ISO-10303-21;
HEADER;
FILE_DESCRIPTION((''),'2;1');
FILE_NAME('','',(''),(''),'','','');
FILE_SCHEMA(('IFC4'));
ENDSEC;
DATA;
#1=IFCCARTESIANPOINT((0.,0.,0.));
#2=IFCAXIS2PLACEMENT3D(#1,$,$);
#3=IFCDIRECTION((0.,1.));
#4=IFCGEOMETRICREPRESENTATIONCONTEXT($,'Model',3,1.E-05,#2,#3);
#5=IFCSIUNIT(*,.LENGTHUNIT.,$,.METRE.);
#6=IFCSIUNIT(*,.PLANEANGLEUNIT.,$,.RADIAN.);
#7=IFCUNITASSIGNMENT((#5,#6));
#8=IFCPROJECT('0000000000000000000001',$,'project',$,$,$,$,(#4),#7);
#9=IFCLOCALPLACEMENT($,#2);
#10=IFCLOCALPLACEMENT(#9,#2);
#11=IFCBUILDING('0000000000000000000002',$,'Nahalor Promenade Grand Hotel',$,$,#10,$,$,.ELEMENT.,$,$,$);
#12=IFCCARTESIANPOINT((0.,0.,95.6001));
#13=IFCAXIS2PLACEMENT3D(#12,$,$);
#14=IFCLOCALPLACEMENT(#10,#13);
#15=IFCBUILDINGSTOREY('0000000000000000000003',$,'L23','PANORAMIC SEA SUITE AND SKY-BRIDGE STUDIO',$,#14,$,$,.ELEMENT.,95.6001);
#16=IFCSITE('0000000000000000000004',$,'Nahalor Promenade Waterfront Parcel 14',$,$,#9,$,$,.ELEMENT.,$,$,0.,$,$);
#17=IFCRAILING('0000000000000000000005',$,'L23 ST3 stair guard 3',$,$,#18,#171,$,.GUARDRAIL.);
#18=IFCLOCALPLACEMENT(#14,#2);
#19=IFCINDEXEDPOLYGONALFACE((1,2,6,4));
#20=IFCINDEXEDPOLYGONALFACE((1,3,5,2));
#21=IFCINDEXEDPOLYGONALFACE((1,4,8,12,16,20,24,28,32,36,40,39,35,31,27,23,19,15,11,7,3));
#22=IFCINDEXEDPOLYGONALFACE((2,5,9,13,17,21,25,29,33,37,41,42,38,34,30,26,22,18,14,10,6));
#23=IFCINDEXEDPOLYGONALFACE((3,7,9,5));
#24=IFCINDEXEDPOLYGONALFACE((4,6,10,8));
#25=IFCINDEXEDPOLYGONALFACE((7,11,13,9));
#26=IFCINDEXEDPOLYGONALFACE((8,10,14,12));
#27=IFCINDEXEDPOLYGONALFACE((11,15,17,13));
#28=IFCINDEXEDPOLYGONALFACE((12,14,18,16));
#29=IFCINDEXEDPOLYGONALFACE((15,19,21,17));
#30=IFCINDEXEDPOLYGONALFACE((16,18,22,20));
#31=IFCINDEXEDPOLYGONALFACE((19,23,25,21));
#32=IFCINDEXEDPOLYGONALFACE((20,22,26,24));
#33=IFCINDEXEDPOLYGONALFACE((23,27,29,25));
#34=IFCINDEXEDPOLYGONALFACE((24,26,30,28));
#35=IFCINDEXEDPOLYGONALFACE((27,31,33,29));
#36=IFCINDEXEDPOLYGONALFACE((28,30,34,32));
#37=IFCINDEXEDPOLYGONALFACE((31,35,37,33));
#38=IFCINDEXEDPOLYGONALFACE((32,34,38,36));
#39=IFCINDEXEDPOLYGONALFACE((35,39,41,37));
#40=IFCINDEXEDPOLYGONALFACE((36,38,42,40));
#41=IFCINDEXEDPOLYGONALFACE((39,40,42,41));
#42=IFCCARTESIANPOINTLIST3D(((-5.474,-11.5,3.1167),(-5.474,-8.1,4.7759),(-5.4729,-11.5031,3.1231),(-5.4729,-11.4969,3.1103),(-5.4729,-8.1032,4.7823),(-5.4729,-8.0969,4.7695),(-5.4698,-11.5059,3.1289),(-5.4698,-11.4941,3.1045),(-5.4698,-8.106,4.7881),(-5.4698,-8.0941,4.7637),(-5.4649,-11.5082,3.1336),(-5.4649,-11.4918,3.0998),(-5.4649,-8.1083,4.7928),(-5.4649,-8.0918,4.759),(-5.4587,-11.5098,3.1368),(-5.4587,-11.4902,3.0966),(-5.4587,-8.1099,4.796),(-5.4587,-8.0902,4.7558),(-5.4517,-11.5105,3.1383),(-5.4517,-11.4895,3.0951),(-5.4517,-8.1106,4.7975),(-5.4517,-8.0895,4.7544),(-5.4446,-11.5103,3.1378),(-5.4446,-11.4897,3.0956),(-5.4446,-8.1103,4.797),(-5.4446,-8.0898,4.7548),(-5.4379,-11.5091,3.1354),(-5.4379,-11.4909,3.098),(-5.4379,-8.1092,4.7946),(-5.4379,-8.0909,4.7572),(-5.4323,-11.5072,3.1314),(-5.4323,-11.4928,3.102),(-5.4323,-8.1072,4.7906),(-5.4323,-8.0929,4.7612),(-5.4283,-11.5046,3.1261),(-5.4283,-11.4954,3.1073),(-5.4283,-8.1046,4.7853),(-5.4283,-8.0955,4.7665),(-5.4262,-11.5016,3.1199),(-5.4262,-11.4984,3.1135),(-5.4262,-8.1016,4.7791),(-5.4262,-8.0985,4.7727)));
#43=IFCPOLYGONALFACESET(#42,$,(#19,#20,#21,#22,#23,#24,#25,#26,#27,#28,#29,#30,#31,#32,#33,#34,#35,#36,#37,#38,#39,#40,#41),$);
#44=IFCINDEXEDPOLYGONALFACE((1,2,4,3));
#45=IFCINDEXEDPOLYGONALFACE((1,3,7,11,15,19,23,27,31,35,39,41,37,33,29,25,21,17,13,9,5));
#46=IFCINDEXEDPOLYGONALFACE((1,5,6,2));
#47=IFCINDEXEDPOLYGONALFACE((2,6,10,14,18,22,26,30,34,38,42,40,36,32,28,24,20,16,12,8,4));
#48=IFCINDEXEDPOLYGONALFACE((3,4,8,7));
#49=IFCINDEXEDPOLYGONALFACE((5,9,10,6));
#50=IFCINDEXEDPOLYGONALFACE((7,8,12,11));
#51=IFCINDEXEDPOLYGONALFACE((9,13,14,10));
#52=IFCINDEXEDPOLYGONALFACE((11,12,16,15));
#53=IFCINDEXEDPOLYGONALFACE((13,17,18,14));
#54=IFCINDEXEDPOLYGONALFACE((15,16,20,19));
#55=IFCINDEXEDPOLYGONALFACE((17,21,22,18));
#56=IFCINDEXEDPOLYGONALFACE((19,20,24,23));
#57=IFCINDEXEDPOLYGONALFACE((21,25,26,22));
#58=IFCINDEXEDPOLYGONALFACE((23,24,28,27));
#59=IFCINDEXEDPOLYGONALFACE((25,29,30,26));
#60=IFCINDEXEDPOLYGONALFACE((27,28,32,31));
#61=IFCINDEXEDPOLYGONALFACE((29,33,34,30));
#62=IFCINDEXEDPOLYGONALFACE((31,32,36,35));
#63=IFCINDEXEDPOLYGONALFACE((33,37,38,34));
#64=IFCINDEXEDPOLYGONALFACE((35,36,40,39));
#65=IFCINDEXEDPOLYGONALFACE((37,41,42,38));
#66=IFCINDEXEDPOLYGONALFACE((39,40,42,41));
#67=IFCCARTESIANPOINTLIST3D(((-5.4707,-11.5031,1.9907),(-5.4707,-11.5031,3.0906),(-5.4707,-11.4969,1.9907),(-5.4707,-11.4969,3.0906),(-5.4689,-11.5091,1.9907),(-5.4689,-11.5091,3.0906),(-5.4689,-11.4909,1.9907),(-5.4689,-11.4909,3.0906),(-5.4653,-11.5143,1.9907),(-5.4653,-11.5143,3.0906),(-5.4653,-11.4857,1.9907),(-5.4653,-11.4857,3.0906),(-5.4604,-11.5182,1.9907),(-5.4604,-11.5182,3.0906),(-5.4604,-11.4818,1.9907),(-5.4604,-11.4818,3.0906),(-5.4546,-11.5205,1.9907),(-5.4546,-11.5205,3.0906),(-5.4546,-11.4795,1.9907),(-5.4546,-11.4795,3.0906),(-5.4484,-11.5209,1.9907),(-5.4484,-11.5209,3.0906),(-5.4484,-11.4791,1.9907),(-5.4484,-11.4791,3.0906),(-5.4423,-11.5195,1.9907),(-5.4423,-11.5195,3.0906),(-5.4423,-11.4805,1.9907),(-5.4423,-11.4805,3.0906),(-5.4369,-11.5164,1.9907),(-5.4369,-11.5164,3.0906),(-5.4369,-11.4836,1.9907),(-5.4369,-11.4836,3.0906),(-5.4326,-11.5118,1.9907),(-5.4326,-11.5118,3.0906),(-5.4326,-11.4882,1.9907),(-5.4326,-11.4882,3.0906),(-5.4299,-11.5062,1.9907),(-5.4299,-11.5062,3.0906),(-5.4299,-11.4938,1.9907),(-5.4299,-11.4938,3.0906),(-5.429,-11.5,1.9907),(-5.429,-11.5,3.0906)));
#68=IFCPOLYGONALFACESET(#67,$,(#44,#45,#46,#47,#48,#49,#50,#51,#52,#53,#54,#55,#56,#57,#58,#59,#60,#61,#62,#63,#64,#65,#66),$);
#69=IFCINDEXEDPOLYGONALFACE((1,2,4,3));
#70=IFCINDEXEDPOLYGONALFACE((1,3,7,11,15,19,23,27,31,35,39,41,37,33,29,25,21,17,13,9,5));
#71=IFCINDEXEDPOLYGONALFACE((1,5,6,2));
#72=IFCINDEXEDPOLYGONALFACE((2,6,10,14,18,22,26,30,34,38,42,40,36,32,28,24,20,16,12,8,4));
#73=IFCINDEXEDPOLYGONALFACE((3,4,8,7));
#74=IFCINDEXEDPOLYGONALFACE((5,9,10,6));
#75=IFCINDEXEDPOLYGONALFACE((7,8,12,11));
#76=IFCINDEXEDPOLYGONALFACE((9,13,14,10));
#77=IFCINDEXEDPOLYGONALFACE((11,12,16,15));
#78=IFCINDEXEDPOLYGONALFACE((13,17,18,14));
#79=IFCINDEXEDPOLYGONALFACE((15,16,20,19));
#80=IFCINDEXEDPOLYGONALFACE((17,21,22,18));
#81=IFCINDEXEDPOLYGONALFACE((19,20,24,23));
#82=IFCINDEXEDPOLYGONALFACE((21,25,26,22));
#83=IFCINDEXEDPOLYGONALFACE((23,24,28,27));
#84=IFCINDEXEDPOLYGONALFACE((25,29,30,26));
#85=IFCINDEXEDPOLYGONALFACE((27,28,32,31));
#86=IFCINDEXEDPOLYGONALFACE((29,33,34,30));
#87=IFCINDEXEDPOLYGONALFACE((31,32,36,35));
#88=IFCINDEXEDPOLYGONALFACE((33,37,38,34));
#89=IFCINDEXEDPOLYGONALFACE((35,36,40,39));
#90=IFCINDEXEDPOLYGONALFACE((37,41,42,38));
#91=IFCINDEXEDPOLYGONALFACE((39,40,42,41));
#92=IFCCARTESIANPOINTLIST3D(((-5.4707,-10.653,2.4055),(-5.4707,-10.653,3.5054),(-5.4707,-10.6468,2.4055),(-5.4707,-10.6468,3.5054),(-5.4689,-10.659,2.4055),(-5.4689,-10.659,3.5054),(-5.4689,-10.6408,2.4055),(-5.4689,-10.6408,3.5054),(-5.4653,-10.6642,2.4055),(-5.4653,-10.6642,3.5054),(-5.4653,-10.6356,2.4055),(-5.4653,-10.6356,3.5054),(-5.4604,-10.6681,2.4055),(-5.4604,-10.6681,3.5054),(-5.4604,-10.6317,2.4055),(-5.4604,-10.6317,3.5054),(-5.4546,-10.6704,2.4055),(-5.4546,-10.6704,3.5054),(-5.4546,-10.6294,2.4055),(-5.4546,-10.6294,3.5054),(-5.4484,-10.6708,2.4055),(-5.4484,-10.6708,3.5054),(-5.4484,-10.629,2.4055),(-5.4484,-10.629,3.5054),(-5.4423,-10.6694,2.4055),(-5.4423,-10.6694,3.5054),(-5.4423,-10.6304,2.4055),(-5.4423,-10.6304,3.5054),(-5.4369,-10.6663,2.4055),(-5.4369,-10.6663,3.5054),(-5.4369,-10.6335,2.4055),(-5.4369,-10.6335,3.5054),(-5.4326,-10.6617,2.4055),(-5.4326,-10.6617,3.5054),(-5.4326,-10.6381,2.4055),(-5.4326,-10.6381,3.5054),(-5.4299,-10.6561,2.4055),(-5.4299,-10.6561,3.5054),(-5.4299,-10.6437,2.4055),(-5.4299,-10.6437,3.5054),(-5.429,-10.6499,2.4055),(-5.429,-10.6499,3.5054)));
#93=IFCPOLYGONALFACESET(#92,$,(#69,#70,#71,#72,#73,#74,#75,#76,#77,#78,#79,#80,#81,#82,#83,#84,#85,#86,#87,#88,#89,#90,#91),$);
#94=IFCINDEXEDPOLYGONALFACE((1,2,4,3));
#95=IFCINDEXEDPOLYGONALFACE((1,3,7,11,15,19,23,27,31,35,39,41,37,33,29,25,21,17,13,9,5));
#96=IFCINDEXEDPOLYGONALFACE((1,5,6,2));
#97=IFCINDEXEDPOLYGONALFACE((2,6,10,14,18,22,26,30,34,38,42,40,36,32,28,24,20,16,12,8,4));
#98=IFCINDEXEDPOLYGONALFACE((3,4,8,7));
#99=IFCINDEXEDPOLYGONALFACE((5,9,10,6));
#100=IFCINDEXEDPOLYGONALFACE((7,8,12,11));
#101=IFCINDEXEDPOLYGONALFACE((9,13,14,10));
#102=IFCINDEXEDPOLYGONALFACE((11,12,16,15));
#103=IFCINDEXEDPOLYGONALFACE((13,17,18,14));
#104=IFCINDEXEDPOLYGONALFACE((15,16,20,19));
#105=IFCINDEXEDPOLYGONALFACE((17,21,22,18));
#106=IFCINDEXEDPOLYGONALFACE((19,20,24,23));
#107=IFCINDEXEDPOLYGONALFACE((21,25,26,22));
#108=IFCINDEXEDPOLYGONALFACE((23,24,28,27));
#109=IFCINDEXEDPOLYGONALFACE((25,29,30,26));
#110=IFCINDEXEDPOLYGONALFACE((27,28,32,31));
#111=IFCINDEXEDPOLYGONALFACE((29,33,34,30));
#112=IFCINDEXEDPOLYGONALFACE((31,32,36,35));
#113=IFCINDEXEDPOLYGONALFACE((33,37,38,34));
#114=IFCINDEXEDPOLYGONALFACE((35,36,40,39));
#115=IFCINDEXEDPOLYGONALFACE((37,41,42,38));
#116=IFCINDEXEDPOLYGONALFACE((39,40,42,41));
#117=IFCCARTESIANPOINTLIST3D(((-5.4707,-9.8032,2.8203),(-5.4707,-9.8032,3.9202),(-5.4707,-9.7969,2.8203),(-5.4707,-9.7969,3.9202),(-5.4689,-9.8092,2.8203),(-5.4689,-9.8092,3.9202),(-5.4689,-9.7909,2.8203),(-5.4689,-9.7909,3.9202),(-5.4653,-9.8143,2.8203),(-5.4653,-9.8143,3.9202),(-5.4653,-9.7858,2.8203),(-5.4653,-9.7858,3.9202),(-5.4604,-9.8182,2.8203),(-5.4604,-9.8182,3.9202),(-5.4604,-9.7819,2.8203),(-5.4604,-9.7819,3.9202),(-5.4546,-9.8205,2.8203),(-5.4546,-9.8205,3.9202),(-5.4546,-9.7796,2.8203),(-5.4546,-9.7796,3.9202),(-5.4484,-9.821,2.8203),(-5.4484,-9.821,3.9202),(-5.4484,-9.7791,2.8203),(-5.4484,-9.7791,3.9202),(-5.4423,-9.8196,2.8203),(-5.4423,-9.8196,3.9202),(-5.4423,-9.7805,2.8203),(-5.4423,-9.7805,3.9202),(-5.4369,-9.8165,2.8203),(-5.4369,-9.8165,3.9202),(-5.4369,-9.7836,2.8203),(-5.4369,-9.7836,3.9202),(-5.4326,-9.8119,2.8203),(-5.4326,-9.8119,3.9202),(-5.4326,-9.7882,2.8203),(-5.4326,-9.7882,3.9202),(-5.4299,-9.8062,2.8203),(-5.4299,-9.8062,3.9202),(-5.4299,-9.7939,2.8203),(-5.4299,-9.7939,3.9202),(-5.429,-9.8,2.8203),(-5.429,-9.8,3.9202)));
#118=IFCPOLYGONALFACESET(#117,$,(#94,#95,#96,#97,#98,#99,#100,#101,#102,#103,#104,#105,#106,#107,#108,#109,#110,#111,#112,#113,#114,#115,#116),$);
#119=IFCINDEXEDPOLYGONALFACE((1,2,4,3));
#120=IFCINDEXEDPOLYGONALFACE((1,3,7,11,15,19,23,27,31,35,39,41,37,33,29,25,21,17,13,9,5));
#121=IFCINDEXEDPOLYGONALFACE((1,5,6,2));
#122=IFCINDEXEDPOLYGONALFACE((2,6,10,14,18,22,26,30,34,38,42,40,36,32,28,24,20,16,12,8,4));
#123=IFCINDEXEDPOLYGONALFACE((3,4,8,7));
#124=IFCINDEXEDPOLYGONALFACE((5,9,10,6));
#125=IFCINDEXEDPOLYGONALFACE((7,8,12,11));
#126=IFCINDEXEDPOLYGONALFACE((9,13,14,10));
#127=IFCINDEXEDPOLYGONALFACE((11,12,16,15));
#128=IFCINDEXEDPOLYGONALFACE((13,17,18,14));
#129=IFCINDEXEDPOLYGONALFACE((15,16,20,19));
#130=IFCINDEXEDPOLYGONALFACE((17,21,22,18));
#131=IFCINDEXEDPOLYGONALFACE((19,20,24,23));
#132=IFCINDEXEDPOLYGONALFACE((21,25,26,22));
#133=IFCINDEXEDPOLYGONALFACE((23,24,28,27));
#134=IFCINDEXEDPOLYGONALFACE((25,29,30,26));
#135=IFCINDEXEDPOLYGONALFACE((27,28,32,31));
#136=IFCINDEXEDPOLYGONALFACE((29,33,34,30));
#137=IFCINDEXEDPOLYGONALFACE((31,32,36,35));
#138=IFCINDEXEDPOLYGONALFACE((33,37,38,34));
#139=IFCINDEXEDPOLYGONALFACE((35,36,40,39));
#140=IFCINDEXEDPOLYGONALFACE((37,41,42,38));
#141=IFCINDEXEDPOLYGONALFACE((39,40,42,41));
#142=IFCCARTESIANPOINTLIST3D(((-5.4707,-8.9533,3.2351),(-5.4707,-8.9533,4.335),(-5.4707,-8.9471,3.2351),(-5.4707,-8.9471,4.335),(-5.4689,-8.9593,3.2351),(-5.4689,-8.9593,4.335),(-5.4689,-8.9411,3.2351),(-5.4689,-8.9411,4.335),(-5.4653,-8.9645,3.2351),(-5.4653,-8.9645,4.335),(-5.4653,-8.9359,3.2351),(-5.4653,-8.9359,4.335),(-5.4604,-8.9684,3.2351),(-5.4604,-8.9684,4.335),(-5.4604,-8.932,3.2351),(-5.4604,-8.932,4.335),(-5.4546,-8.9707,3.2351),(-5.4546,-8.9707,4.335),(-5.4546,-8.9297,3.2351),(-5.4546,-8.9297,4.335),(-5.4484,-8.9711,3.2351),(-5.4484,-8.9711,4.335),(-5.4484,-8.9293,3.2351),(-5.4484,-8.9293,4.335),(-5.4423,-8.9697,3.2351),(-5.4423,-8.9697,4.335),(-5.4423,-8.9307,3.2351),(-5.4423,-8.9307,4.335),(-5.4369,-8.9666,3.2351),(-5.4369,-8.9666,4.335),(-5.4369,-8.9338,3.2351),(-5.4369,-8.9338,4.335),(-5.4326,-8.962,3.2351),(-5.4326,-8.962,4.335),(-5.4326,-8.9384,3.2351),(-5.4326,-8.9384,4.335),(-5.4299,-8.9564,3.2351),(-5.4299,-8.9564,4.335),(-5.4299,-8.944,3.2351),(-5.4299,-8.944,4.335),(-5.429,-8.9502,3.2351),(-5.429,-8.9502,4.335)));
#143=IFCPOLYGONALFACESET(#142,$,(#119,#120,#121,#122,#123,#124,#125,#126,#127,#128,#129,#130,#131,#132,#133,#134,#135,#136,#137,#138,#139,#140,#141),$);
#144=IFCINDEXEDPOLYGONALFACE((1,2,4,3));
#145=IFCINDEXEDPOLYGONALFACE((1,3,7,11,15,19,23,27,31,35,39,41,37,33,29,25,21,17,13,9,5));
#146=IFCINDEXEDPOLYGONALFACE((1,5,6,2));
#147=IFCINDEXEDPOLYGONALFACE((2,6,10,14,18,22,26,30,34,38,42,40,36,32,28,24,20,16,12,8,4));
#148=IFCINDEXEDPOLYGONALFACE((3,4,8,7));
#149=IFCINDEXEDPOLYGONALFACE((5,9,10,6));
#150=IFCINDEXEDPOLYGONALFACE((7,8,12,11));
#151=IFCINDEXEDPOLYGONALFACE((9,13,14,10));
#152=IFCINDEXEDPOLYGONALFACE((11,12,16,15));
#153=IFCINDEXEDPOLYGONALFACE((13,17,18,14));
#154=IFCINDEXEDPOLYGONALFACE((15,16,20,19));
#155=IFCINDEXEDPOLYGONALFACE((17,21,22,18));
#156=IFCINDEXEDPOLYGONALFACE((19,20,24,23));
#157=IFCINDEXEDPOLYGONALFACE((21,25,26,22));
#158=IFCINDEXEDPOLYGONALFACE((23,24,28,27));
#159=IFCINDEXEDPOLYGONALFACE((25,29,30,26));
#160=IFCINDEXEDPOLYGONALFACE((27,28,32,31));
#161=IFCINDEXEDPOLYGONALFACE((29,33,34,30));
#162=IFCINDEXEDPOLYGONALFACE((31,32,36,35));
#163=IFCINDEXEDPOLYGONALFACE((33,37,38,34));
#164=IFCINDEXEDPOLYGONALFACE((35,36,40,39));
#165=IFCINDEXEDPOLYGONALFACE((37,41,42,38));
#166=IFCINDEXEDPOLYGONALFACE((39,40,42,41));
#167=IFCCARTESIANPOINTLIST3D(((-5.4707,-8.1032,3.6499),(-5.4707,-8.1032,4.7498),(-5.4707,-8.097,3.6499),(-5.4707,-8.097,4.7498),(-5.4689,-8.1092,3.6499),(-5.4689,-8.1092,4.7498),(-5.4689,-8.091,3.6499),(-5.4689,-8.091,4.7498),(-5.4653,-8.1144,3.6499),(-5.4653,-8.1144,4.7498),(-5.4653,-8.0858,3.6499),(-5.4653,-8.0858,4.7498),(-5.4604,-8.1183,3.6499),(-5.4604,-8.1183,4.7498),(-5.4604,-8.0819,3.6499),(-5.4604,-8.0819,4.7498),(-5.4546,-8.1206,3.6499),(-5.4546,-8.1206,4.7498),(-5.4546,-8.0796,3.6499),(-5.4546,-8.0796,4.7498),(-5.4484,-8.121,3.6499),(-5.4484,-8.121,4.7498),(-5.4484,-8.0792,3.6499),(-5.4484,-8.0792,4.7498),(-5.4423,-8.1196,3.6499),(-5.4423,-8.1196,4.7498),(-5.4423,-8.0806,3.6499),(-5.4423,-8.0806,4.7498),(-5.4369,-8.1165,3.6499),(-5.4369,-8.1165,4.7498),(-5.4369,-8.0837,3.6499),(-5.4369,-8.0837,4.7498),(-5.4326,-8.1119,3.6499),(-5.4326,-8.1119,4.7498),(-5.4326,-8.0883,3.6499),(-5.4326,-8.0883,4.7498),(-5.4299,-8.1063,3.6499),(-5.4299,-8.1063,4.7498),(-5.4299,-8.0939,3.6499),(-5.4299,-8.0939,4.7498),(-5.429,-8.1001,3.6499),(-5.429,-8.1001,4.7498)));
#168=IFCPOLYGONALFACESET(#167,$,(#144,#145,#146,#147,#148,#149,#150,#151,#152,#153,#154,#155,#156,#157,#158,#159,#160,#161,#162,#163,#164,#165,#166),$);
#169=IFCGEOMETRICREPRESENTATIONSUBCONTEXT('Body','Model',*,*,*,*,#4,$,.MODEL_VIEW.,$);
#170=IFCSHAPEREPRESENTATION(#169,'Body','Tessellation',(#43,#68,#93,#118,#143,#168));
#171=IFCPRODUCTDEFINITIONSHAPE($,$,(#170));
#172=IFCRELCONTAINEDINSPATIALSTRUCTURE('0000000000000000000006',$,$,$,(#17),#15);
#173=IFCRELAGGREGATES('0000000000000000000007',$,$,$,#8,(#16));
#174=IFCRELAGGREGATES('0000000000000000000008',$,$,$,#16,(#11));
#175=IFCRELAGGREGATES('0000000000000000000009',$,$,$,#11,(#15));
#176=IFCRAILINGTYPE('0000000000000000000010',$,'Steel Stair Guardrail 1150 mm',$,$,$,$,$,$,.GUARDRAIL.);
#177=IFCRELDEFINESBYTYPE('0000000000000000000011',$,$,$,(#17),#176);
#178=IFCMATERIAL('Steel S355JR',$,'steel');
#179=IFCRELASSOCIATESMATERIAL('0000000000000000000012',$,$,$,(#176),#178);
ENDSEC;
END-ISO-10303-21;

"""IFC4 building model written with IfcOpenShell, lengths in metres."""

from ifc_helpers import new_model, si_unit, direction, frame, origin, origin_2d, place, context, subcontext, project, spatial, circle, extrude, material, type_object, element, save


model = new_model("IFC4")

# Units and contexts
model_context = context("Model", 3, precision=1e-05, world=origin(), true_north=direction((0.0, 1.0)))
body_context = subcontext(model_context, "Body", "Model", "MODEL_VIEW")
ifc_project = project(units=[si_unit("LENGTHUNIT", "METRE"), si_unit("PLANEANGLEUNIT", "RADIAN")], contexts=[model_context])

# Site, building, storey
site_placement = place(None, origin())
site = spatial("IfcSite", under=ifc_project, at=site_placement, Name="Nahalor Promenade Waterfront Parcel 14", CompositionType="ELEMENT", RefElevation=0.0)
building_placement = place(site_placement, origin())
building = spatial("IfcBuilding", under=site, at=building_placement, Name="Nahalor Promenade Grand Hotel", CompositionType="ELEMENT")
storey_placement = place(building_placement, frame((0.0, 0.0, 95.6001)))
storey = spatial("IfcBuildingStorey", under=building, at=storey_placement, Name="L23", Description="PANORAMIC SEA SUITE AND SKY-BRIDGE STUDIO", CompositionType="ELEMENT", Elevation=95.6001)

# Shared definitions
ifc_material_1 = material(Name="Steel S355JR", Category="steel")

# Railing
railing_type_1 = type_object("IfcRailingType", Name="Steel Stair Guardrail 1150 mm", PredefinedType="GUARDRAIL", material=ifc_material_1)
railing_1_placement = place(storey_placement, frame((-5.45, -11.5, 1.9907)))
element("IfcRailing", 1, at=railing_1_placement, inside=storey, type_object=railing_type_1, Name="L23 ST3 stair guard 3", PredefinedType="GUARDRAIL", context=body_context, shape_type="SweptSolid", body=[
    extrude(circle(Radius=0.024, at=origin_2d()), frame((0.0, 0.0, 1.126), z_axis=(0.0, 0.898696, 0.438571), x_axis=(-1.0, 0.0, 0.0)), (0.0, 0.0, 1.0), 3.7832),
    extrude(circle(Radius=0.021, at=origin_2d()), origin(), (0.0, 0.0, 1.0), 1.0999),
    extrude(circle(Radius=0.021, at=origin_2d()), frame((0.0, 0.8501, 0.4148)), (0.0, 0.0, 1.0), 1.0999),
    extrude(circle(Radius=0.021, at=origin_2d()), frame((0.0, 1.7, 0.8296)), (0.0, 0.0, 1.0), 1.0999),
    extrude(circle(Radius=0.021, at=origin_2d()), frame((0.0, 2.5498, 1.2444)), (0.0, 0.0, 1.0), 1.0999),
    extrude(circle(Radius=0.021, at=origin_2d()), frame((0.0, 3.3999, 1.6592)), (0.0, 0.0, 1.0), 1.0999),
])

save(model, "model.ifc")
